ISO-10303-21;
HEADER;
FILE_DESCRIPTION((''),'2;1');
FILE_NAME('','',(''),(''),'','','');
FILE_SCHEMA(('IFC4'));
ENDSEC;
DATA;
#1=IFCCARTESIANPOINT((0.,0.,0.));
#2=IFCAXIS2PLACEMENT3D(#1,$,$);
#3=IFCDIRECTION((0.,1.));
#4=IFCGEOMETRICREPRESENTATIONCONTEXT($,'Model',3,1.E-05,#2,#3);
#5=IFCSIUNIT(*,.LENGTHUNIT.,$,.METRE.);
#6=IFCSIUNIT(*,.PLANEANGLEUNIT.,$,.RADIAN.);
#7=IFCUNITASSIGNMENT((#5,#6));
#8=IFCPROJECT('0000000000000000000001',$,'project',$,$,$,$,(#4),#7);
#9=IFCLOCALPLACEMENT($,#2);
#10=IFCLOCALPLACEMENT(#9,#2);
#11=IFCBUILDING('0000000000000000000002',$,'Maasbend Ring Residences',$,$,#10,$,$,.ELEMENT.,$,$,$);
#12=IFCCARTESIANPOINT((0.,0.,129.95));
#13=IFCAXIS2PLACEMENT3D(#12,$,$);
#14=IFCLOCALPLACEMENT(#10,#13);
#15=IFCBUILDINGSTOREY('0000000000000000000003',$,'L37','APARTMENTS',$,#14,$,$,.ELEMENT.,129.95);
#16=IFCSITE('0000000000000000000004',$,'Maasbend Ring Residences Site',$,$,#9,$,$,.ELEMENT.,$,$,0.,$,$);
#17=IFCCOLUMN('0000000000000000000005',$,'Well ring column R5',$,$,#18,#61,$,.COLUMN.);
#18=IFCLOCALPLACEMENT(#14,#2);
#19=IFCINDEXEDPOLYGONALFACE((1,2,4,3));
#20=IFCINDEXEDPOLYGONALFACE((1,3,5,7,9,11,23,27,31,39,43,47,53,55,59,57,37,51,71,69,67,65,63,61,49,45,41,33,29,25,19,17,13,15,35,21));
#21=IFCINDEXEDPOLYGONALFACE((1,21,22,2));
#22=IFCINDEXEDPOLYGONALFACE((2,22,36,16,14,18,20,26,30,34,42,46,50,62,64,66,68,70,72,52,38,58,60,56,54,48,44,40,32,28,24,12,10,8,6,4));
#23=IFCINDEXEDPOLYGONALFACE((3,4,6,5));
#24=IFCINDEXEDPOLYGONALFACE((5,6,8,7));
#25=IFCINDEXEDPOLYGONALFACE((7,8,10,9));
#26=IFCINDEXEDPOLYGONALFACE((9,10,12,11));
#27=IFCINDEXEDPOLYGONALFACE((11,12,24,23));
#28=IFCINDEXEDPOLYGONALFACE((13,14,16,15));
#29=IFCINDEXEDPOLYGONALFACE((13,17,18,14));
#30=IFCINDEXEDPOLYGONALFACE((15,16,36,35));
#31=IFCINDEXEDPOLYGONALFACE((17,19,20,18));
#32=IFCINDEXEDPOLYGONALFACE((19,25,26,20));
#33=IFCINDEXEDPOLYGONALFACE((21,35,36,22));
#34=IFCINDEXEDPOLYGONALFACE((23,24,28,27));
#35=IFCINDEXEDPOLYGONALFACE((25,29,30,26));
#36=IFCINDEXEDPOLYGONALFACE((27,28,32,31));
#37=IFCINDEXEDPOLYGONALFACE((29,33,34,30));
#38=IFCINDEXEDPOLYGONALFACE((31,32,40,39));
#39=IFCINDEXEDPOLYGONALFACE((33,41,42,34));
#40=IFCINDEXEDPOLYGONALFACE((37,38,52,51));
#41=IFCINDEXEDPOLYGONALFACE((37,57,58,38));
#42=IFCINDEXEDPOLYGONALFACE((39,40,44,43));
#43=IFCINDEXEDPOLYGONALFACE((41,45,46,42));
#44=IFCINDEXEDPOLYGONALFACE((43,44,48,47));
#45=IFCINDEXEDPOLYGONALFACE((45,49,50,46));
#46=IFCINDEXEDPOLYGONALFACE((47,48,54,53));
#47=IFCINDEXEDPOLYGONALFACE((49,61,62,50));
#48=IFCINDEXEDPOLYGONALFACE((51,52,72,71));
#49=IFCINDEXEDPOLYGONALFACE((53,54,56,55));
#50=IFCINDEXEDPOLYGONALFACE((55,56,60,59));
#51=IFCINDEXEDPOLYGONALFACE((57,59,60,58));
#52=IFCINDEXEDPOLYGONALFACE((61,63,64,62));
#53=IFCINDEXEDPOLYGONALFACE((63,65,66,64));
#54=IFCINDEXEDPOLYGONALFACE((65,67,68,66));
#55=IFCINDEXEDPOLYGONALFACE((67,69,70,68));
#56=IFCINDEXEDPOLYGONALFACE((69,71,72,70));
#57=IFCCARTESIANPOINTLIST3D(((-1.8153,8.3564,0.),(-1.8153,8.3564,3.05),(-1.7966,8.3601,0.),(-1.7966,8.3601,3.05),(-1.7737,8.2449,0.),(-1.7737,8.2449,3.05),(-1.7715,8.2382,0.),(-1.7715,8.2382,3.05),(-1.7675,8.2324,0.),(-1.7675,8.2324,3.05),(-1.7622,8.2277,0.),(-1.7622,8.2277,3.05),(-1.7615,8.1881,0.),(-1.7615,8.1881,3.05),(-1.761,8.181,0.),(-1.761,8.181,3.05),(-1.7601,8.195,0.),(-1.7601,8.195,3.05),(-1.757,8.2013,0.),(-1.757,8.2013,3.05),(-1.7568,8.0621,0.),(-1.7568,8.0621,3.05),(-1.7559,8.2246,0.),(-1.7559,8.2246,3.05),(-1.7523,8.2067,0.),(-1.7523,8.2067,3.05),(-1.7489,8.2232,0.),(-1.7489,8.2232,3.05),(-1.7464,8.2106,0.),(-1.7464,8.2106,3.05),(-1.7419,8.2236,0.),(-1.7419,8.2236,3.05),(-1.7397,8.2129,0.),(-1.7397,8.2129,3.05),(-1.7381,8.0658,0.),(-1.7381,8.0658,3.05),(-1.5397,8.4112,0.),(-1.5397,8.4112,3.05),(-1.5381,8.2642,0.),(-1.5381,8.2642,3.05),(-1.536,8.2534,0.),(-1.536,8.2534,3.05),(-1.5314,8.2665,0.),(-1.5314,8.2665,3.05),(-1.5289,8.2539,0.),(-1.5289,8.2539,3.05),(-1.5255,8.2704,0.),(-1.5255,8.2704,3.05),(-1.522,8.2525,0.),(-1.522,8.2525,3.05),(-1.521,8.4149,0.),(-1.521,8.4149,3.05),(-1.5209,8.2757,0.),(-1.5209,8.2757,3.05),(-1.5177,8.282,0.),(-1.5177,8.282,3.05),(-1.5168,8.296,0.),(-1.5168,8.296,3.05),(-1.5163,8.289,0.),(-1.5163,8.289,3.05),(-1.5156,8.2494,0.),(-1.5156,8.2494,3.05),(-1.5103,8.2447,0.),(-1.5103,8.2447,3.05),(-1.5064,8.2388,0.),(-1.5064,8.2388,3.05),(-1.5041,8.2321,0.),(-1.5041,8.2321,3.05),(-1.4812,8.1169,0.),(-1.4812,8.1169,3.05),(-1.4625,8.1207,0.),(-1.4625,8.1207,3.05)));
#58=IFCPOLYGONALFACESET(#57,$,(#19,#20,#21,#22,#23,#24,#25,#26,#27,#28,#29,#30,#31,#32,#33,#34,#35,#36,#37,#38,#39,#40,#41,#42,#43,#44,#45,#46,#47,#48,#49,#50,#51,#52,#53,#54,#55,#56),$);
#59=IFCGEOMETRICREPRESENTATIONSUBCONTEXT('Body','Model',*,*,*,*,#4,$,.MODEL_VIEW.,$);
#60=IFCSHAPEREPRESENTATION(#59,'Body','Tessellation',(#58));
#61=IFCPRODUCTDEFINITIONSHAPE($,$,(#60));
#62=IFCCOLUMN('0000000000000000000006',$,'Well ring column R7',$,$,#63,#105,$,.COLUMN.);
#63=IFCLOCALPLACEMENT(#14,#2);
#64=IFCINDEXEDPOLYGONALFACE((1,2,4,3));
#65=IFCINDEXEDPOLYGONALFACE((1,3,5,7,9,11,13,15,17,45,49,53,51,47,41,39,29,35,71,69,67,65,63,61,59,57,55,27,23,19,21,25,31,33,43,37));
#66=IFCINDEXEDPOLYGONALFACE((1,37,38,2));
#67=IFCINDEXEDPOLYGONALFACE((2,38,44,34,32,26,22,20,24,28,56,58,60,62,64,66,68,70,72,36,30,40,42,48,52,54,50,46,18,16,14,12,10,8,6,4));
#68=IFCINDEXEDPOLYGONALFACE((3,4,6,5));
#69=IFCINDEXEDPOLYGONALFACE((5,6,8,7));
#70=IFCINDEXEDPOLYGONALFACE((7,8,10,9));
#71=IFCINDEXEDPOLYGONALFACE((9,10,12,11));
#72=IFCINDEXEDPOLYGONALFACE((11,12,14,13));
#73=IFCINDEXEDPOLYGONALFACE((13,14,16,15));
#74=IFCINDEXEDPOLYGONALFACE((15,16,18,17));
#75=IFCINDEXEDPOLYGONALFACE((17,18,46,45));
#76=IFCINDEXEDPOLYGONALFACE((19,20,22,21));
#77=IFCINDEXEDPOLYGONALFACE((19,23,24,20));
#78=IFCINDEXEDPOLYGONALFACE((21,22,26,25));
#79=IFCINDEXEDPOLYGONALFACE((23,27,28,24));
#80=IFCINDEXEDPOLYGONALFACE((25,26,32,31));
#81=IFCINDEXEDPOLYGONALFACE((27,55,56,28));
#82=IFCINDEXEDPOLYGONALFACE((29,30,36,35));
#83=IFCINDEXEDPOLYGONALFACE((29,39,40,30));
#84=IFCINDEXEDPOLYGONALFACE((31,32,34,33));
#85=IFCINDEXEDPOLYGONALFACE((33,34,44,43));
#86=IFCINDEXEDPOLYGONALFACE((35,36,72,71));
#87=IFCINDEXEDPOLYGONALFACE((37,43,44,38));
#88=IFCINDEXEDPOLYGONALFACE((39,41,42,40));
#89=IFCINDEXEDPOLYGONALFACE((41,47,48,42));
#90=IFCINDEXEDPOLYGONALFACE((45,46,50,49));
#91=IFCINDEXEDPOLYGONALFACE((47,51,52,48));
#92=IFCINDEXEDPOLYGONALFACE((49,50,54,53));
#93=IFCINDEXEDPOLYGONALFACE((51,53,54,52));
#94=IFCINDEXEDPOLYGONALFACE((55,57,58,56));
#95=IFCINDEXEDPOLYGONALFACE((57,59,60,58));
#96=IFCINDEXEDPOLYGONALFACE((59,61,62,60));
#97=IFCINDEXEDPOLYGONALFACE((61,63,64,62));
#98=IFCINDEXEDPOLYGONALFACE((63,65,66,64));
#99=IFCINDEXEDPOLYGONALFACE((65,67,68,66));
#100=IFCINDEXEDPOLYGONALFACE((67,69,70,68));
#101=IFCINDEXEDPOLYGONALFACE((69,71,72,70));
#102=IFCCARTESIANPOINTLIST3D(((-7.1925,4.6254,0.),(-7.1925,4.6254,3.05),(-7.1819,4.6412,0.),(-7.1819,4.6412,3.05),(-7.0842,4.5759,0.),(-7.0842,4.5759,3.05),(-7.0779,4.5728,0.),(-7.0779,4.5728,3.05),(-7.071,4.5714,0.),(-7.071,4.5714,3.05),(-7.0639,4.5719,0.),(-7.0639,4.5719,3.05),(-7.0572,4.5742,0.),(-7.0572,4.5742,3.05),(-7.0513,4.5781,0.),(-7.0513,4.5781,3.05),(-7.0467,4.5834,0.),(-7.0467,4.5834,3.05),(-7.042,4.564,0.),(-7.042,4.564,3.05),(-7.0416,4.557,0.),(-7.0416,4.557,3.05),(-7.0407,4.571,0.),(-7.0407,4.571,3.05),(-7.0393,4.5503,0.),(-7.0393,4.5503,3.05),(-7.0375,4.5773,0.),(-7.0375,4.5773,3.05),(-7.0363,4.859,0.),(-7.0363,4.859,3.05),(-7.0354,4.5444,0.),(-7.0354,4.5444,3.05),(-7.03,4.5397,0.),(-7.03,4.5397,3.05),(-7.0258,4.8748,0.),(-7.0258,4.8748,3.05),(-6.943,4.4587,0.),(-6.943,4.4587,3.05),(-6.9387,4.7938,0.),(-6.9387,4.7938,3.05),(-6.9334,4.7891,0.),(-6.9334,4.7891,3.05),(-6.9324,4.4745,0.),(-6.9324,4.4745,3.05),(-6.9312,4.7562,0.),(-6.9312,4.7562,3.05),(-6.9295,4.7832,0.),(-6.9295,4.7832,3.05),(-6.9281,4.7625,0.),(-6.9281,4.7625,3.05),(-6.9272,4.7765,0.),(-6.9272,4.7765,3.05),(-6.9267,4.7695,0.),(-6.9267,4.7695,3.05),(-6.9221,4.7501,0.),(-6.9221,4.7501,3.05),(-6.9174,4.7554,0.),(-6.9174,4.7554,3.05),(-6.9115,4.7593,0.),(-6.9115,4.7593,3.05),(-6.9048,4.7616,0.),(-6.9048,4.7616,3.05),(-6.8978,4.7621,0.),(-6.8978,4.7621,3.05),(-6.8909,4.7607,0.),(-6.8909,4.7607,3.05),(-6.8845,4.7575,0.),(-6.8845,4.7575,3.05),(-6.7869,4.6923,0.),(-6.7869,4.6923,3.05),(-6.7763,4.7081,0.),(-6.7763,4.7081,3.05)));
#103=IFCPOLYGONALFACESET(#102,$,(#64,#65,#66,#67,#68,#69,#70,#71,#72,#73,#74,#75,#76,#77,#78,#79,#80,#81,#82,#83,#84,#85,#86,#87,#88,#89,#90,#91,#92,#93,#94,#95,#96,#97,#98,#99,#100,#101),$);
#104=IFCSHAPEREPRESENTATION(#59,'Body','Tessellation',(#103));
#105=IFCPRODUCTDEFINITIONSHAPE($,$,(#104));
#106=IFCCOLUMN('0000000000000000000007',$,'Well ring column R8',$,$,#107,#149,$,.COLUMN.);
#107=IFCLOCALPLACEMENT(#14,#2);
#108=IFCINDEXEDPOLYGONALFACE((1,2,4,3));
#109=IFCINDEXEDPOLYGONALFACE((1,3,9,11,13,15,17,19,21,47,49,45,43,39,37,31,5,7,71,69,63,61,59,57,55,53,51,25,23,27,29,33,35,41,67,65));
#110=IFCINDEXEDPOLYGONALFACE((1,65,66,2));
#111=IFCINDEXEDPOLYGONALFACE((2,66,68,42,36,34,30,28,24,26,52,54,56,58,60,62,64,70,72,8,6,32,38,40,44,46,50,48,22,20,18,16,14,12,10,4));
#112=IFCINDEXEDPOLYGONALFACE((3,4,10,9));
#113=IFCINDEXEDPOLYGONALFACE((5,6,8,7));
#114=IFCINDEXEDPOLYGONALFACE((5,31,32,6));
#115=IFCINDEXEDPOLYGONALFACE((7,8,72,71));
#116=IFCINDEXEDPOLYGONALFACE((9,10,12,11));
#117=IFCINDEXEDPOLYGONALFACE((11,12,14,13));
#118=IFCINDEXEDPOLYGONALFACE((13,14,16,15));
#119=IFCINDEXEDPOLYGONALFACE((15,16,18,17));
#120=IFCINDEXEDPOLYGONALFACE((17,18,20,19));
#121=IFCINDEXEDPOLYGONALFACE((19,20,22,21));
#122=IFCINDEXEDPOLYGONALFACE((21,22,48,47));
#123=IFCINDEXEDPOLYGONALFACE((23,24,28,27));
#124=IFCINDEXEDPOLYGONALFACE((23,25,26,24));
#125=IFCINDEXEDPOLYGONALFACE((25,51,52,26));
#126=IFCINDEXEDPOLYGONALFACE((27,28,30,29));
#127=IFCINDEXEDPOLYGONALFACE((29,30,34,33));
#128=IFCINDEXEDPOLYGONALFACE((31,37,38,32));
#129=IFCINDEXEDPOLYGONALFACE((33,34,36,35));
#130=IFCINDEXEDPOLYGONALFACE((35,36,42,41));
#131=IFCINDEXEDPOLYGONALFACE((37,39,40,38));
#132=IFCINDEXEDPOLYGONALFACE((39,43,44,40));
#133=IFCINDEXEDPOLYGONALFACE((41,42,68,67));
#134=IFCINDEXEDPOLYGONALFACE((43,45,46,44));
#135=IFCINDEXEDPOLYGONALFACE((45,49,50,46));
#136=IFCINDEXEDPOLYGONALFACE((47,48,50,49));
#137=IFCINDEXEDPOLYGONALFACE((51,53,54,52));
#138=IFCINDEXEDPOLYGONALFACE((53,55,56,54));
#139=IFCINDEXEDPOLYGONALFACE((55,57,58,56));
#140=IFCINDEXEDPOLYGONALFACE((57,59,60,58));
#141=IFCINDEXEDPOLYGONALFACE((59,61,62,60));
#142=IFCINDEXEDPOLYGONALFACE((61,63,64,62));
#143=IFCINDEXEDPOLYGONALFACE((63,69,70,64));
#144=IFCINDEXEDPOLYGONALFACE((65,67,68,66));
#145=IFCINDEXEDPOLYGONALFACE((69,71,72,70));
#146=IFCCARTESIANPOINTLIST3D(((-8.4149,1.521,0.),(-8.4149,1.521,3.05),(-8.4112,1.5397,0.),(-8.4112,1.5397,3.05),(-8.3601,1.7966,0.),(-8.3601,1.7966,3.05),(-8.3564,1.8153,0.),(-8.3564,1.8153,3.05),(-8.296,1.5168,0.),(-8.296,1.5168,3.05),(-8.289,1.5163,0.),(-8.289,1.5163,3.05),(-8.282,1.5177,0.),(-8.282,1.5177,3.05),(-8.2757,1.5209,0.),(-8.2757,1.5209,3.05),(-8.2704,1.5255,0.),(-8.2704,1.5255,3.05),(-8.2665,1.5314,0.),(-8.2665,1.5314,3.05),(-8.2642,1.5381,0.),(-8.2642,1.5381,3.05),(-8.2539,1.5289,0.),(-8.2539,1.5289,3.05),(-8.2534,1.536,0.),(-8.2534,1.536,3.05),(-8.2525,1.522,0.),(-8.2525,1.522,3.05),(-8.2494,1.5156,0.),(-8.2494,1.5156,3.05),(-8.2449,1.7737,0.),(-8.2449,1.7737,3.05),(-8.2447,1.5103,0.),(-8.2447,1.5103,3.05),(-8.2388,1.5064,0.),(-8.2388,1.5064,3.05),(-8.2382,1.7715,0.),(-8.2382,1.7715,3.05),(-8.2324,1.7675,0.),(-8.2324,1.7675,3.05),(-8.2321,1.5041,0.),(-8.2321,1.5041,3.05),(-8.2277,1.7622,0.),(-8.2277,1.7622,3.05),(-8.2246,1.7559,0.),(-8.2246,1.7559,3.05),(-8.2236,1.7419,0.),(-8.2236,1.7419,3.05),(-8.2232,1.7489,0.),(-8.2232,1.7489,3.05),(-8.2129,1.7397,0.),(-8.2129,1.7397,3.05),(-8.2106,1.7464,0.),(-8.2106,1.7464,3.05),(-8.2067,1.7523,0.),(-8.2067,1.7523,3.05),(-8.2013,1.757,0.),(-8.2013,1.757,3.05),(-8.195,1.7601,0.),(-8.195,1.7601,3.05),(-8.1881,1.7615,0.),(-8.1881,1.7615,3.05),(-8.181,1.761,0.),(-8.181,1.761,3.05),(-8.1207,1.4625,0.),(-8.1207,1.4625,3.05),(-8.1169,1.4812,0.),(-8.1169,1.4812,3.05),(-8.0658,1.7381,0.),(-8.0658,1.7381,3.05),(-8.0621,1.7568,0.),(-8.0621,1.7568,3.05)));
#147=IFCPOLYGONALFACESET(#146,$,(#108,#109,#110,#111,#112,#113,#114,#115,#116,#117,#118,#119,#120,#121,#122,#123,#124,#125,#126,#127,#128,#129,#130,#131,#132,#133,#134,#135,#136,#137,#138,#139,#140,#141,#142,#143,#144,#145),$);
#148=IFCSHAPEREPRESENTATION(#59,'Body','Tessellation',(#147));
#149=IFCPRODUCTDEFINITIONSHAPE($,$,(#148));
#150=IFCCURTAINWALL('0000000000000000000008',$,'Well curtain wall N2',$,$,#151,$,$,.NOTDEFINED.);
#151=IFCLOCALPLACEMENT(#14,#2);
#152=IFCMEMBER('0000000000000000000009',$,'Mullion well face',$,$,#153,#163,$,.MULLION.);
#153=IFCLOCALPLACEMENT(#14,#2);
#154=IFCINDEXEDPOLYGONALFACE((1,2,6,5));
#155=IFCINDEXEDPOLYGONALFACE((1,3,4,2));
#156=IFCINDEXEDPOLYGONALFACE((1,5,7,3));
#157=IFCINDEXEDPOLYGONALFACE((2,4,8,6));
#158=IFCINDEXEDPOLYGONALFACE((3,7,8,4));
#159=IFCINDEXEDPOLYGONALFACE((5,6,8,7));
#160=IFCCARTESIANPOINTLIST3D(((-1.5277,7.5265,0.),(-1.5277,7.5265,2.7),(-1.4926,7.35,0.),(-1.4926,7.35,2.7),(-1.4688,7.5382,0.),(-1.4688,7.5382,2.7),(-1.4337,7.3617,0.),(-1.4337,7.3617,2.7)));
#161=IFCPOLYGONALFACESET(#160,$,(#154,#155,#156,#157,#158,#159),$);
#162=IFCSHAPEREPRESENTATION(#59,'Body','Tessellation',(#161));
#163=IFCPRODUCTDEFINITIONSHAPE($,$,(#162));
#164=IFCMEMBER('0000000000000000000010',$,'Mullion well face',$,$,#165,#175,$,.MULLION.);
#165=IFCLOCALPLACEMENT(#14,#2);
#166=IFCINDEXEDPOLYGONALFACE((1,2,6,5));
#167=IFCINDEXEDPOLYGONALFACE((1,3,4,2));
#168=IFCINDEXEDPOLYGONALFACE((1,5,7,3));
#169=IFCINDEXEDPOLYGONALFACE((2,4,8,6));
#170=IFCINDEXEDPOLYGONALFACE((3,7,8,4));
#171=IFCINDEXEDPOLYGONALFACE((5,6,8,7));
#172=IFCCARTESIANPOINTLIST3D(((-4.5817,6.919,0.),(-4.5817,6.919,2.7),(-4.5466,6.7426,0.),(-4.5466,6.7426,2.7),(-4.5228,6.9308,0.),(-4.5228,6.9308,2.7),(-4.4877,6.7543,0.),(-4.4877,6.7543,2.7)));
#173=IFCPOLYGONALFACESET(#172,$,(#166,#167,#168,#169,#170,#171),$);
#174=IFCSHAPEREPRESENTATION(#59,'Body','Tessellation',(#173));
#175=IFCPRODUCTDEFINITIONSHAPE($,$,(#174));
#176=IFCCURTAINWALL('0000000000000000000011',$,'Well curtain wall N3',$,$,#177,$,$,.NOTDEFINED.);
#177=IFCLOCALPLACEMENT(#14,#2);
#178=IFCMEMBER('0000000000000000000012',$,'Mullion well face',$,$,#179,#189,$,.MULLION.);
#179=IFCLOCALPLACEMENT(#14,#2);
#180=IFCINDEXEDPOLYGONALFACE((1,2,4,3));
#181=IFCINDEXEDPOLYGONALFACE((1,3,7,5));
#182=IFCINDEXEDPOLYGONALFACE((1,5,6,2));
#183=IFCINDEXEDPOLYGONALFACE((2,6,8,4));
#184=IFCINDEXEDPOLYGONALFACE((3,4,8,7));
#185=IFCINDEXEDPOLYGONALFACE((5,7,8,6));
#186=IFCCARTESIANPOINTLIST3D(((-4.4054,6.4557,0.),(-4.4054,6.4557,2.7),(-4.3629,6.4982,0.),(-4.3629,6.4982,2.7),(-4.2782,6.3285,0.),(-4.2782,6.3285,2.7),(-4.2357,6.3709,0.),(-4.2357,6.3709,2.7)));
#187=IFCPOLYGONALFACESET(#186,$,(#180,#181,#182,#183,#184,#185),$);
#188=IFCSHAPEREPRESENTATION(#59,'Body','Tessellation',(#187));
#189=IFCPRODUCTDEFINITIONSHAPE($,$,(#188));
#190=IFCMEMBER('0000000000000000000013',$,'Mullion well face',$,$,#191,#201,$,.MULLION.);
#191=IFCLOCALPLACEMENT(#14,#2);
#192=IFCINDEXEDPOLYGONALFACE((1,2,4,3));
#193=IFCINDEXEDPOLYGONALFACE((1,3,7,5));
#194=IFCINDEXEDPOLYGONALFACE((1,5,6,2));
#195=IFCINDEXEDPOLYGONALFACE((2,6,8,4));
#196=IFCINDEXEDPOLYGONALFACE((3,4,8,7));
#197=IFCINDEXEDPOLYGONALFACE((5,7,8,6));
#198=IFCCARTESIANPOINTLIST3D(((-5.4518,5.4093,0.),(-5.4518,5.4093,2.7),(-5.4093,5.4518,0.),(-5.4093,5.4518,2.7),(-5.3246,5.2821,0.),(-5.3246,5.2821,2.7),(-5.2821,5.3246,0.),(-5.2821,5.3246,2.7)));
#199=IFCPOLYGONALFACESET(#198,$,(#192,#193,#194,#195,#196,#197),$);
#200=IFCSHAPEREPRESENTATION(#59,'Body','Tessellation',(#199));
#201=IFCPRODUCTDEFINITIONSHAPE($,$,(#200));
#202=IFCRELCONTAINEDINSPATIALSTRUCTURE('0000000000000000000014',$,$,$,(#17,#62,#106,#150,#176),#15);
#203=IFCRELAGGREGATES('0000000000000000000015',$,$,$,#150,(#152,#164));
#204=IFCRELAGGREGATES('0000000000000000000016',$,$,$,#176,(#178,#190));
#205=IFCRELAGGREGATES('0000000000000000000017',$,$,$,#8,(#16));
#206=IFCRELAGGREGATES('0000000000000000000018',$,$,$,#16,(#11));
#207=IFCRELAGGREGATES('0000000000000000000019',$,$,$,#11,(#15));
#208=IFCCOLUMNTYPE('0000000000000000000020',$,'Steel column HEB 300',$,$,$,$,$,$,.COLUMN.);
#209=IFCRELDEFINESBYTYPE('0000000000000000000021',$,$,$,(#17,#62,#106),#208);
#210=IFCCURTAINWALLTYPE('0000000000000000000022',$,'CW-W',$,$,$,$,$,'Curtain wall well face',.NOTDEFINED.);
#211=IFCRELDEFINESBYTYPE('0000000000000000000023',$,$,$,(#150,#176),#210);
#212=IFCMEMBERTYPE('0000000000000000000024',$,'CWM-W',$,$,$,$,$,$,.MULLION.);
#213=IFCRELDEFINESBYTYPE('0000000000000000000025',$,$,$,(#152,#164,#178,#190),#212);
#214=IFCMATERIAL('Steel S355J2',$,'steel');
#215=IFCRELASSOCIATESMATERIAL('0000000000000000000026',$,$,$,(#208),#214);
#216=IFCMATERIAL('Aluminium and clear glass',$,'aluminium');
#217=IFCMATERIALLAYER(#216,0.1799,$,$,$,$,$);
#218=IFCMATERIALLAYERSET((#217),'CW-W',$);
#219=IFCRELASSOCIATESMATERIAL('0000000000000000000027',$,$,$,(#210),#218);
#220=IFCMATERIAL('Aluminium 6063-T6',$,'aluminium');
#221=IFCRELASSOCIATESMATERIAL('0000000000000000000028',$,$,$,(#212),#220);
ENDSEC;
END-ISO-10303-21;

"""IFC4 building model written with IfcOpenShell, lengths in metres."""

from ifc_helpers import new_model, si_unit, direction, frame, origin, origin_2d, place, context, subcontext, project, spatial, rectangle, i_section, extrude, material, layer, layer_set, material_profile, profile_set, type_object, element, aggregate, save


model = new_model("IFC4")

# Units and contexts
model_context = context("Model", 3, precision=1e-05, world=origin(), true_north=direction((0.0, 1.0)))
body_context = subcontext(model_context, "Body", "Model", "MODEL_VIEW")
ifc_project = project(units=[si_unit("LENGTHUNIT", "METRE"), si_unit("PLANEANGLEUNIT", "RADIAN")], contexts=[model_context])

# Site, building, storey
site_placement = place(None, origin())
site = spatial("IfcSite", under=ifc_project, at=site_placement, Name="Maasbend Ring Residences Site", CompositionType="ELEMENT", RefElevation=0.0)
building_placement = place(site_placement, origin())
building = spatial("IfcBuilding", under=site, at=building_placement, Name="Maasbend Ring Residences", CompositionType="ELEMENT")
storey_placement = place(building_placement, frame((0.0, 0.0, 129.95)))
storey = spatial("IfcBuildingStorey", under=building, at=storey_placement, Name="L37", Description="APARTMENTS", CompositionType="ELEMENT", Elevation=129.95)

# Columns
ifc_material_1 = material(Name="Steel S355J2", Category="steel")
ifc_material_profile_1 = material_profile(ifc_material_1, i_section(OverallWidth=0.3, OverallDepth=0.3, WebThickness=0.011, FlangeThickness=0.019, FilletRadius=0.0271, at=origin_2d()), Name="HEB 300")
ifc_profile_set_1 = profile_set([ifc_material_profile_1], Name="Steel S355J2")
column_type = type_object("IfcColumnType", Name="Steel column HEB 300", PredefinedType="COLUMN", material=ifc_profile_set_1)
for number, where, z_axis, x_axis, name in (
    (1, (-1.6389, 8.2385, 0.0), (0.0, 0.0, 1.0), (-0.19509, 0.980785, 0.0), "Well ring column R5"),
    (2, (-6.9844, 4.6667, 0.0), (0.0, 0.0, 1.0), (-0.83147, 0.55557, 0.0), "Well ring column R7"),
    (3, (-8.2385, 1.6389, 0.0), (0.0, 0.0, 1.0), (-0.980785, 0.19509, 0.0), "Well ring column R8"),
):
    element("IfcColumn", number, at=place(storey_placement, frame(where, z_axis=z_axis, x_axis=x_axis)), inside=storey, type_object=column_type, Name=name, PredefinedType="COLUMN", context=body_context, shape_type="SweptSolid", body=[
        extrude(i_section(OverallWidth=0.3, OverallDepth=0.3, WebThickness=0.011, FlangeThickness=0.019, FilletRadius=0.0271, at=origin_2d()), origin(), (0.0, 0.0, 1.0), 3.05),
    ])

# Curtain walls, members
ifc_material_2 = material(Name="Aluminium and clear glass", Category="aluminium")
ifc_layer_1 = layer(ifc_material_2, 0.1799)
ifc_layer_set_1 = layer_set([ifc_layer_1], Name="CW-W")
curtain_wall_type = type_object("IfcCurtainWallType", Name="CW-W", ElementType="Curtain wall well face", PredefinedType="NOTDEFINED", material=ifc_layer_set_1)
curtain_wall_1_placement = place(storey_placement, origin())
curtain_wall_1 = element("IfcCurtainWall", 4, at=curtain_wall_1_placement, inside=storey, type_object=curtain_wall_type, Name="Well curtain wall N2", PredefinedType="NOTDEFINED")
ifc_material_3 = material(Name="Aluminium 6063-T6", Category="aluminium")
ifc_material_profile_2 = material_profile(ifc_material_3, rectangle(XDim=0.1799, YDim=0.0601, at=origin_2d()), Name="AL 180x60")
ifc_profile_set_2 = profile_set([ifc_material_profile_2], Name="Aluminium 6063-T6")
member_type_1 = type_object("IfcMemberType", Name="CWM-W", PredefinedType="MULLION", material=ifc_profile_set_2)
member_1_placement = place(storey_placement, frame((-1.4807, 7.4441, 0.0), z_axis=(0.0, 0.0, 1.0), x_axis=(0.19509, -0.980785, 0.0)))
member_1 = element("IfcMember", 5, at=member_1_placement, type_object=member_type_1, Name="Mullion well face", PredefinedType="MULLION", context=body_context, shape_type="SweptSolid", body=[
    extrude(rectangle(XDim=0.1799, YDim=0.0601, at=origin_2d()), origin(), (0.0, 0.0, 1.0), 2.7),
])
member_2_placement = place(storey_placement, frame((-4.5347, 6.8367, 0.0), z_axis=(0.0, 0.0, 1.0), x_axis=(0.19509, -0.980785, 0.0)))
member_2 = element("IfcMember", 6, at=member_2_placement, type_object=member_type_1, Name="Mullion well face", PredefinedType="MULLION", context=body_context, shape_type="SweptSolid", body=[
    extrude(rectangle(XDim=0.1799, YDim=0.0601, at=origin_2d()), origin(), (0.0, 0.0, 1.0), 2.7),
])
curtain_wall_2_placement = place(storey_placement, origin())
curtain_wall_2 = element("IfcCurtainWall", 7, at=curtain_wall_2_placement, inside=storey, type_object=curtain_wall_type, Name="Well curtain wall N3", PredefinedType="NOTDEFINED")
member_3_placement = place(storey_placement, frame((-4.3206, 6.4133, 0.0), z_axis=(0.0, 0.0, 1.0), x_axis=(0.707107, -0.707107, 0.0)))
member_3 = element("IfcMember", 8, at=member_3_placement, type_object=member_type_1, Name="Mullion well face", PredefinedType="MULLION", context=body_context, shape_type="SweptSolid", body=[
    extrude(rectangle(XDim=0.1799, YDim=0.0601, at=origin_2d()), origin(), (0.0, 0.0, 1.0), 2.7),
])
member_4_placement = place(storey_placement, frame((-5.3669, 5.3669, 0.0), z_axis=(0.0, 0.0, 1.0), x_axis=(0.707107, -0.707107, 0.0)))
member_4 = element("IfcMember", 9, at=member_4_placement, type_object=member_type_1, Name="Mullion well face", PredefinedType="MULLION", context=body_context, shape_type="SweptSolid", body=[
    extrude(rectangle(XDim=0.1799, YDim=0.0601, at=origin_2d()), origin(), (0.0, 0.0, 1.0), 2.7),
])

aggregate(curtain_wall_1, [member_1, member_2])
aggregate(curtain_wall_2, [member_3, member_4])

save(model, "model.ifc")
